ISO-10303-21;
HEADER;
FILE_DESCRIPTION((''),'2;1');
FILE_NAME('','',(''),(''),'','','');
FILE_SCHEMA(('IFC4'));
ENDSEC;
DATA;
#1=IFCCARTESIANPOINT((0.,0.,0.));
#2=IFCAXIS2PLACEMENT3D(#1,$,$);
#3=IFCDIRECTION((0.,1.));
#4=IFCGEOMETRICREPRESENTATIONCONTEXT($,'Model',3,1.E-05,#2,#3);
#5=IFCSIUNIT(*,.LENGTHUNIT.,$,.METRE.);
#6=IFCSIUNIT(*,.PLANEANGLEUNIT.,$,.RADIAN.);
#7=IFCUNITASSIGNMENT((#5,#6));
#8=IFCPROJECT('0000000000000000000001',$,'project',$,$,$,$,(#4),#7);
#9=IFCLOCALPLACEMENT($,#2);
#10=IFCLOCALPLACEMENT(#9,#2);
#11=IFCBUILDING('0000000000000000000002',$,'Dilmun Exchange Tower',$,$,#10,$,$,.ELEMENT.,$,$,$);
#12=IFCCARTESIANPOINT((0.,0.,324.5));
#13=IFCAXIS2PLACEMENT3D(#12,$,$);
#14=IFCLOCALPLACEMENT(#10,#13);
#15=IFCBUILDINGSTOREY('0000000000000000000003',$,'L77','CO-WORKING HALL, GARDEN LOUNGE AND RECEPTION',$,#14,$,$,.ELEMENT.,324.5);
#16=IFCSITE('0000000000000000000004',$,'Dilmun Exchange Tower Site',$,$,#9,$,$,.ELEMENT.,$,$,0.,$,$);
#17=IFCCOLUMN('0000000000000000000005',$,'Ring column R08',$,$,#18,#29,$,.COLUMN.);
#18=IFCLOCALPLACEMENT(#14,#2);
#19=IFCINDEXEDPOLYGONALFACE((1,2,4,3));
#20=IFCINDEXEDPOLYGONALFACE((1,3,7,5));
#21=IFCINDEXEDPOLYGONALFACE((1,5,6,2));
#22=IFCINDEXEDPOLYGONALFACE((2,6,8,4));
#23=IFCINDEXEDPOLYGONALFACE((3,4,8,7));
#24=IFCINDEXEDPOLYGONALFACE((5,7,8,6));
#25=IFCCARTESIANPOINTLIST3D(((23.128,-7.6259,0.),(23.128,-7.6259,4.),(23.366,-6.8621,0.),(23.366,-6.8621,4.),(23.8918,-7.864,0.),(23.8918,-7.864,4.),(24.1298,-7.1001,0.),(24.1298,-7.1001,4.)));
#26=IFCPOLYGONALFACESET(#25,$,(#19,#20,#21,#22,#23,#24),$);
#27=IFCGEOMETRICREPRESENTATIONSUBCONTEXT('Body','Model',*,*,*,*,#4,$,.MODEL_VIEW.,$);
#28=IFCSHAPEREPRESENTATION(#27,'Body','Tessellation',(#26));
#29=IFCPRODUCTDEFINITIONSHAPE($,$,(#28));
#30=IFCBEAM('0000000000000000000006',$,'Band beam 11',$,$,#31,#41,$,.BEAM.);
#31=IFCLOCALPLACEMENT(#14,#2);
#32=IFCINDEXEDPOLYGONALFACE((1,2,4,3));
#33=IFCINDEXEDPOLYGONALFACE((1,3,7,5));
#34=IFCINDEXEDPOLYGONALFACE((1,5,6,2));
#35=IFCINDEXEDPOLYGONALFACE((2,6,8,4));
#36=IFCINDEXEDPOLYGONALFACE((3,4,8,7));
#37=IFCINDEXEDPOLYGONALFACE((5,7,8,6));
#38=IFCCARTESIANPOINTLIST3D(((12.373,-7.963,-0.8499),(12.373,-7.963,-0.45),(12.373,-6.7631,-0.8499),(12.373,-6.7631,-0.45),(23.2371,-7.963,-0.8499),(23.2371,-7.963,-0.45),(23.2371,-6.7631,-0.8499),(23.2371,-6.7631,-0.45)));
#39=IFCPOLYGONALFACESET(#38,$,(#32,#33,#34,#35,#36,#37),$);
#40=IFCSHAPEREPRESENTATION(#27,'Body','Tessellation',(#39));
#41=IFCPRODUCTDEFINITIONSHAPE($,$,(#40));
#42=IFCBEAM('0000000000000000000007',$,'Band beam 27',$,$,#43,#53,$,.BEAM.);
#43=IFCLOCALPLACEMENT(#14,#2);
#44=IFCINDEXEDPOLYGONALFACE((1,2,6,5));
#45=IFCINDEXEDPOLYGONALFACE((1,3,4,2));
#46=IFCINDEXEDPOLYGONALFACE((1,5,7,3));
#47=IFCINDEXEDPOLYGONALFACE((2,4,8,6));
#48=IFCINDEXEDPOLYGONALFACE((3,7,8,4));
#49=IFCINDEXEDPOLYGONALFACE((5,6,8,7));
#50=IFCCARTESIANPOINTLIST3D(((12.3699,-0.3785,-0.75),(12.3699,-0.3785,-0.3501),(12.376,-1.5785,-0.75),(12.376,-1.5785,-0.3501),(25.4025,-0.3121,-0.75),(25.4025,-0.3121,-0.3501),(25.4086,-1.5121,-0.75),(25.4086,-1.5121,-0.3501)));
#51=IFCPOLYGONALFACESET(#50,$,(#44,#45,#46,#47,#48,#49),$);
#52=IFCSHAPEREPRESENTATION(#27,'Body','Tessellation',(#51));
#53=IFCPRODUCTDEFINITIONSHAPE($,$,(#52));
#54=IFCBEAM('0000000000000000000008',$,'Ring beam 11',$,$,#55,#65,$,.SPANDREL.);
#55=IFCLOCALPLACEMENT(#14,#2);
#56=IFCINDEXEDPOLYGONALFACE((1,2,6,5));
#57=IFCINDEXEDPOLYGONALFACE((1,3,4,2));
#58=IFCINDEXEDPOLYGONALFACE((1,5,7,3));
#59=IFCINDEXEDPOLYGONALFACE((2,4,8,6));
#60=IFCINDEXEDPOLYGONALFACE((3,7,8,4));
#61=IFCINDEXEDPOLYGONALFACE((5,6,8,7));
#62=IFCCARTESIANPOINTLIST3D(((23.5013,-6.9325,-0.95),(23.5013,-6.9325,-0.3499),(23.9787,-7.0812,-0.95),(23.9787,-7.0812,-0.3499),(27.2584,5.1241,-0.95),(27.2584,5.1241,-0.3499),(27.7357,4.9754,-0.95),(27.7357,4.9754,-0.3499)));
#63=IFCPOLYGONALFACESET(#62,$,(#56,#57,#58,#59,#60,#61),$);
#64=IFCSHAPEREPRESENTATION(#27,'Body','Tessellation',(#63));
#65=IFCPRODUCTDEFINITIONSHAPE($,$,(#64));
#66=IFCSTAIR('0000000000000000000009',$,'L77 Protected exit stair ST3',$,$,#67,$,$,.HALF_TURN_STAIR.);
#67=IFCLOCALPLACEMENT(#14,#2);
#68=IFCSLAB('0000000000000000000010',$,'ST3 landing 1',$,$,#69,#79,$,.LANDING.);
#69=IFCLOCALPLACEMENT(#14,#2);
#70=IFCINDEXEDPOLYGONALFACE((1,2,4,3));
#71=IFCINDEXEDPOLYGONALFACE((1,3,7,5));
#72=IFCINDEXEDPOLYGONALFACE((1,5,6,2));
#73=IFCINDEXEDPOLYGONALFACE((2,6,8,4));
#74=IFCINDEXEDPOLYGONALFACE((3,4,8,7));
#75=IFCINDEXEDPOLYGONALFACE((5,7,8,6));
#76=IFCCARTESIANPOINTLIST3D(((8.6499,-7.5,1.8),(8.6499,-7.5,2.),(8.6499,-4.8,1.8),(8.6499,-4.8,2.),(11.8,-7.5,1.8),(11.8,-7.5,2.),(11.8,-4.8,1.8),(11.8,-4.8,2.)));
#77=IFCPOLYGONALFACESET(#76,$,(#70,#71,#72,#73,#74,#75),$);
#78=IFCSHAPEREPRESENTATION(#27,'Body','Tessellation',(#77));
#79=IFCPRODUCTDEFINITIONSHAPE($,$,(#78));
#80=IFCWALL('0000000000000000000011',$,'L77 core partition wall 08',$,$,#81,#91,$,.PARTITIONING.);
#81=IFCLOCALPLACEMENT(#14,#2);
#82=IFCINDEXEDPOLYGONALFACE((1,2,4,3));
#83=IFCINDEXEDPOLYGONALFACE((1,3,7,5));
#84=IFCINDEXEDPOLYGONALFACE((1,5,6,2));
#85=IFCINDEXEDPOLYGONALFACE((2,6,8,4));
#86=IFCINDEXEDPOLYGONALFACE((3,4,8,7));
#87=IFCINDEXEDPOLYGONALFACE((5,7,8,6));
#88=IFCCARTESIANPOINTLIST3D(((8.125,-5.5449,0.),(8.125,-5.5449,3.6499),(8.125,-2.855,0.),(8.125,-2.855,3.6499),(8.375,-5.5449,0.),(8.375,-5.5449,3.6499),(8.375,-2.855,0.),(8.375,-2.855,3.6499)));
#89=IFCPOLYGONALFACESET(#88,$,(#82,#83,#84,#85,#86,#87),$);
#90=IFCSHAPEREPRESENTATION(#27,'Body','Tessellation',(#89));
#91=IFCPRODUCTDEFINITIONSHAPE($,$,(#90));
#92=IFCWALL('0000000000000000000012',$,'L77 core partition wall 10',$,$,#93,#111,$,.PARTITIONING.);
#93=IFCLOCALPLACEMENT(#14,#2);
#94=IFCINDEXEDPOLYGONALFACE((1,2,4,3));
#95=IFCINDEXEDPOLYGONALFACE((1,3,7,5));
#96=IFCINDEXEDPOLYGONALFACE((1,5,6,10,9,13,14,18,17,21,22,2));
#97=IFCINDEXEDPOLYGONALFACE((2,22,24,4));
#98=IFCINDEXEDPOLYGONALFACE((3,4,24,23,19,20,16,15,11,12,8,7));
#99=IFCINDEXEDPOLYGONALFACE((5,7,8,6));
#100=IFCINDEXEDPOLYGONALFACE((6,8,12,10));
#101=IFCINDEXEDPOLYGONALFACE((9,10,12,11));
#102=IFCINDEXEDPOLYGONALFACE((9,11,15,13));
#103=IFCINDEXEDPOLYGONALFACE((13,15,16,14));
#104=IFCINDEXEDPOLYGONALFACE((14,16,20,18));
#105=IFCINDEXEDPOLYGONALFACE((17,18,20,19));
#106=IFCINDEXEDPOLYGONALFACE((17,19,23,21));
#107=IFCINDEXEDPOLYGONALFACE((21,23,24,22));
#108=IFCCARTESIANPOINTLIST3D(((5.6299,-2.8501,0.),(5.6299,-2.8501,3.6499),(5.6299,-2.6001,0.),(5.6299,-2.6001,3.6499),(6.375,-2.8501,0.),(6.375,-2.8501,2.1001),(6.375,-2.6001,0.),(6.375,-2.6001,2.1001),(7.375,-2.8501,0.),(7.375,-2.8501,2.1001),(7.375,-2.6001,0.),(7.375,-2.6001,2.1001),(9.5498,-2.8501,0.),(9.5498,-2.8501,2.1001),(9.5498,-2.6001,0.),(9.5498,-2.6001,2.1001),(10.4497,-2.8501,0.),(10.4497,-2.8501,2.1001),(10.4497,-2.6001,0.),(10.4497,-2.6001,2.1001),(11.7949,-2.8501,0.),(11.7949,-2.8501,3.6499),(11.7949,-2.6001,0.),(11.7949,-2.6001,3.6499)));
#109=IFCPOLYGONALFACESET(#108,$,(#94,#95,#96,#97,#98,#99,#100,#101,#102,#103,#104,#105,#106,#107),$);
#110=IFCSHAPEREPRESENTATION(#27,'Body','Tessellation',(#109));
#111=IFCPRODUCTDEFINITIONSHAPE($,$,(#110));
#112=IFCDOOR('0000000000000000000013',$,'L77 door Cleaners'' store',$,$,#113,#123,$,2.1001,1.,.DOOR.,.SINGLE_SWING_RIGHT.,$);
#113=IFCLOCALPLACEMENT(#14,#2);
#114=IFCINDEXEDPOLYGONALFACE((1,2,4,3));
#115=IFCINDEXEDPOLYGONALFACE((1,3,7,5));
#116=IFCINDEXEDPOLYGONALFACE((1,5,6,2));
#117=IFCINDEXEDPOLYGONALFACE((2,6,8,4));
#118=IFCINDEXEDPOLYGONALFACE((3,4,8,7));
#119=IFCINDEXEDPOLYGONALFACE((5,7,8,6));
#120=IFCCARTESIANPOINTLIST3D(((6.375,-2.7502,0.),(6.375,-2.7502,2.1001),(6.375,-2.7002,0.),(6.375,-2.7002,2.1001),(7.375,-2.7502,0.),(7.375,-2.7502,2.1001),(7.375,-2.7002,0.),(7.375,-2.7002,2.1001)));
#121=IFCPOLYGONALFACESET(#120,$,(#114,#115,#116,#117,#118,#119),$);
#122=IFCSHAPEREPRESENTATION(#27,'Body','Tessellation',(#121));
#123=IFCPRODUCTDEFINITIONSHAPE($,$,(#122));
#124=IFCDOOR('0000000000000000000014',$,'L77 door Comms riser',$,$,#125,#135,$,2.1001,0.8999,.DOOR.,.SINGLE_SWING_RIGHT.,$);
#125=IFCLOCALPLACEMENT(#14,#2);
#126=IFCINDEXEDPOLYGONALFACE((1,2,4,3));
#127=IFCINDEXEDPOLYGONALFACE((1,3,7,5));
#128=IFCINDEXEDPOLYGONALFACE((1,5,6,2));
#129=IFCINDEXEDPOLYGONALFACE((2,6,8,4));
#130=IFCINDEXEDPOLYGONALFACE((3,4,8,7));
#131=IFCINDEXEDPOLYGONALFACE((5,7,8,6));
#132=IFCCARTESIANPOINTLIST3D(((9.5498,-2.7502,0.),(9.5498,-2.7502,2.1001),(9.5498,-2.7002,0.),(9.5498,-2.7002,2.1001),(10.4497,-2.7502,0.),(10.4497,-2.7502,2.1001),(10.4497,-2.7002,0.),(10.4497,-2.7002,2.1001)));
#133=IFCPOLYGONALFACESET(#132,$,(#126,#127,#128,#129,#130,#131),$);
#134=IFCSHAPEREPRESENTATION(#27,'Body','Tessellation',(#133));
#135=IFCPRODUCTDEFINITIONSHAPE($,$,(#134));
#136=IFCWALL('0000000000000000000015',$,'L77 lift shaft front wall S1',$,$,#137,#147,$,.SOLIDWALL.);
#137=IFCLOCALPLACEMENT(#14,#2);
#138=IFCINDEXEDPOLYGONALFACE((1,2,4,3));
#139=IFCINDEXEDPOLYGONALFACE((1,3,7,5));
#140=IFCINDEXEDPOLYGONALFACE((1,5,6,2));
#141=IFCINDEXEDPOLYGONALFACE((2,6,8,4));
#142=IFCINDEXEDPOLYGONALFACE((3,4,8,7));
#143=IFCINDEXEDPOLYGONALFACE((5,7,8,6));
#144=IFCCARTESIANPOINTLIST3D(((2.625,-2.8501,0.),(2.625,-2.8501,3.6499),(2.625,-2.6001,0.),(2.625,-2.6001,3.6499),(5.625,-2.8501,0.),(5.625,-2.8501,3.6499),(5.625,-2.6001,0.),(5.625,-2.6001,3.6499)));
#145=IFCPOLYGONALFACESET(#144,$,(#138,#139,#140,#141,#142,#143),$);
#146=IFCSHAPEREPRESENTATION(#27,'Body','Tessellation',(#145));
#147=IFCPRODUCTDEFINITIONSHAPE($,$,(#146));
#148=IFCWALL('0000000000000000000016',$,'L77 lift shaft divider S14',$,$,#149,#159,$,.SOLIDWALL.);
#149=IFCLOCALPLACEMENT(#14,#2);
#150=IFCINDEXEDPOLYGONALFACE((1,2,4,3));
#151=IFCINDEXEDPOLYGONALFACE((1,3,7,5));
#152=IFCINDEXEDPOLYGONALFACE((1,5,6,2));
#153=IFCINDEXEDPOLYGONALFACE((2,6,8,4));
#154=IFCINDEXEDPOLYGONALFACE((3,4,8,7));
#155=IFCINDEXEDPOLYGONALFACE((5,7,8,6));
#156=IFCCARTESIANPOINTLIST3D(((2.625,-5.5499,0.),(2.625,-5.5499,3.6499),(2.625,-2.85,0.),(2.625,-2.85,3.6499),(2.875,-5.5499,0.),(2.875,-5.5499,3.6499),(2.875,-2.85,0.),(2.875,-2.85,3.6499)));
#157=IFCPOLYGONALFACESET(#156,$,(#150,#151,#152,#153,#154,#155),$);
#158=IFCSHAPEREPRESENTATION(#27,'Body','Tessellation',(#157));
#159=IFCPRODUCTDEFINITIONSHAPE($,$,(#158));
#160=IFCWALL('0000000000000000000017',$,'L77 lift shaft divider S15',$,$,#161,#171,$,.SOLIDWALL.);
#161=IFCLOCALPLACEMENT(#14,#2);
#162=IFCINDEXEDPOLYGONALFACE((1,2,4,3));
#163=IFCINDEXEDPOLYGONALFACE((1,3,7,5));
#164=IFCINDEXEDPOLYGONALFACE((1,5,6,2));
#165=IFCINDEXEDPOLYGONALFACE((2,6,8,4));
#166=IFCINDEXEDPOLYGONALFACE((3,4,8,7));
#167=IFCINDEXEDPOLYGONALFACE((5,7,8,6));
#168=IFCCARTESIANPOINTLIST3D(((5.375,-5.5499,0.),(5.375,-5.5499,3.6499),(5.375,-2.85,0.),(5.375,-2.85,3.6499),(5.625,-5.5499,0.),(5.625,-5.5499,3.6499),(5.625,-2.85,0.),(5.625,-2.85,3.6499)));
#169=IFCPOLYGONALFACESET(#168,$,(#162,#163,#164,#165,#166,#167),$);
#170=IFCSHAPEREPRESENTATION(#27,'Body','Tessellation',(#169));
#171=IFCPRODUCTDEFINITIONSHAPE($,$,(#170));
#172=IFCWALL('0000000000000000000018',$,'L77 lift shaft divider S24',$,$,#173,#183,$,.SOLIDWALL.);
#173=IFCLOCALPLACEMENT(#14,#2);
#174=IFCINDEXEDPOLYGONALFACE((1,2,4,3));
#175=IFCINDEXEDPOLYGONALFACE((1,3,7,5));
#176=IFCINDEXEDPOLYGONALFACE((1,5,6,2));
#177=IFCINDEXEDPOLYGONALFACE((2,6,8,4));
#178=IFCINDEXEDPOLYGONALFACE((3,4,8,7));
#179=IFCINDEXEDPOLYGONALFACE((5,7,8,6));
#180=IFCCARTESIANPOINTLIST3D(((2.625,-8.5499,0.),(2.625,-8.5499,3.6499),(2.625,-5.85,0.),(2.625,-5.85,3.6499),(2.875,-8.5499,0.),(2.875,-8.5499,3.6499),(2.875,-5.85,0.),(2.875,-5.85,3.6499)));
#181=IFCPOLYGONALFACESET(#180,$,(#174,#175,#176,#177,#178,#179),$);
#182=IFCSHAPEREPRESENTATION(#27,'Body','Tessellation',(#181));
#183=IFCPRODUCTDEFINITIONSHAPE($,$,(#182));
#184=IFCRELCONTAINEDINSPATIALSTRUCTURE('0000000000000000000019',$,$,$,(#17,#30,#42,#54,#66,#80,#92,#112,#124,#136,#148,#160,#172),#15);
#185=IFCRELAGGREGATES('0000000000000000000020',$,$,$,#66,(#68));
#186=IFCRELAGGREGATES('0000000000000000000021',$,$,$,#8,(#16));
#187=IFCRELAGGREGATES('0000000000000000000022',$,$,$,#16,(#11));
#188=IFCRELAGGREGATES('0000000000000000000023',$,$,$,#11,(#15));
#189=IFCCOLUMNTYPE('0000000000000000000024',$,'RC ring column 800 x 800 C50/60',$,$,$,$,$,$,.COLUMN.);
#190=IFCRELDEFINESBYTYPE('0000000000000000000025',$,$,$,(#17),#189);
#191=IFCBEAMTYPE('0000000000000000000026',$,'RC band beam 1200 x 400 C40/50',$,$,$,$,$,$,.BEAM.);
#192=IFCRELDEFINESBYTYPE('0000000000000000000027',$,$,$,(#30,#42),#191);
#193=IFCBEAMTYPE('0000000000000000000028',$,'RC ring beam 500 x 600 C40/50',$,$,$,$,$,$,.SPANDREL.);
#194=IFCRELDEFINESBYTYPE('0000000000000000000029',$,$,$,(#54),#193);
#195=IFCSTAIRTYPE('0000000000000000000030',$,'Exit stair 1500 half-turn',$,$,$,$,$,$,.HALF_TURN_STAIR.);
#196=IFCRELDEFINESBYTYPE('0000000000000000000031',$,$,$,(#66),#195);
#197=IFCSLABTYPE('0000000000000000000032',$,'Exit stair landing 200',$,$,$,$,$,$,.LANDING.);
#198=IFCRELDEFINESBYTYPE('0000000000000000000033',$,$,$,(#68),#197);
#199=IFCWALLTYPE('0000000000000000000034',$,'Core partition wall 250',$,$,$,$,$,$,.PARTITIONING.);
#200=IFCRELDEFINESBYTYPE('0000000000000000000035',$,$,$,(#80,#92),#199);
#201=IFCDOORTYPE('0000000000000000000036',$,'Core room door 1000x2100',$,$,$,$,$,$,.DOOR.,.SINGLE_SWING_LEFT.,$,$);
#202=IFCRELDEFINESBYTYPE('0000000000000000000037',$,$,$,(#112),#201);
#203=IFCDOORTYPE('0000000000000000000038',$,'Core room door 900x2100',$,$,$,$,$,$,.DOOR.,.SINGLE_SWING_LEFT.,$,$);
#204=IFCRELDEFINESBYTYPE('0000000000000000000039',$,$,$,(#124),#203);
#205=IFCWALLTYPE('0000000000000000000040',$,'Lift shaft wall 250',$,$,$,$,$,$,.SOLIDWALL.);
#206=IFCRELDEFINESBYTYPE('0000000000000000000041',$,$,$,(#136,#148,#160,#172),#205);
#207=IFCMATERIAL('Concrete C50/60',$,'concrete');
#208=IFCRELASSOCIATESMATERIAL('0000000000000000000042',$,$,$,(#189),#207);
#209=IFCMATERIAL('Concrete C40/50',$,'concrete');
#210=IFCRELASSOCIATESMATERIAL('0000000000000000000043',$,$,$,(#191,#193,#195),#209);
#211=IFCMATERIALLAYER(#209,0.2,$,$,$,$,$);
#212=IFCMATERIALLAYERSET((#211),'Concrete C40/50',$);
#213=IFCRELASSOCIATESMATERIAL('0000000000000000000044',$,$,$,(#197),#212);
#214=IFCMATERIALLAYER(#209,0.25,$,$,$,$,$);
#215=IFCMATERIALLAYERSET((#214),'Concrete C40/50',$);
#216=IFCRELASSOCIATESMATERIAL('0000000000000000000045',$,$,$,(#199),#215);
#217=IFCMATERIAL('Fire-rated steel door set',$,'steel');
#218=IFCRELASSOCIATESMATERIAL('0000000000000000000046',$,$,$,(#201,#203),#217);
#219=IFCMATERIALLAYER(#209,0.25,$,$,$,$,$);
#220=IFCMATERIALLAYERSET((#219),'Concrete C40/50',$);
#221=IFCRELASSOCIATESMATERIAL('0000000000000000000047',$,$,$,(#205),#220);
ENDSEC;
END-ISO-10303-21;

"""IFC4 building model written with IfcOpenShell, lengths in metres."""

from ifc_helpers import new_model, si_unit, direction, frame, frame_2d, origin, origin_2d, place, context, subcontext, project, spatial, polyline, rectangle, outline, extrude, material, layer, layer_set, material_profile, profile_set, type_object, element, fill, aggregate, save


model = new_model("IFC4")

# Units and contexts
model_context = context("Model", 3, precision=1e-05, world=origin(), true_north=direction((0.0, 1.0)))
body_context = subcontext(model_context, "Body", "Model", "MODEL_VIEW")
ifc_project = project(units=[si_unit("LENGTHUNIT", "METRE"), si_unit("PLANEANGLEUNIT", "RADIAN")], contexts=[model_context])

# Site, building, storey
site_placement = place(None, origin())
site = spatial("IfcSite", under=ifc_project, at=site_placement, Name="Dilmun Exchange Tower Site", CompositionType="ELEMENT", RefElevation=0.0)
building_placement = place(site_placement, origin())
building = spatial("IfcBuilding", under=site, at=building_placement, Name="Dilmun Exchange Tower", CompositionType="ELEMENT")
storey_placement = place(building_placement, frame((0.0, 0.0, 324.5)))
storey = spatial("IfcBuildingStorey", under=building, at=storey_placement, Name="L77", Description="CO-WORKING HALL, GARDEN LOUNGE AND RECEPTION", CompositionType="ELEMENT", Elevation=324.5)

# Column
ifc_material_1 = material(Name="Concrete C50/60", Category="concrete")
ifc_material_profile_1 = material_profile(ifc_material_1, rectangle(XDim=0.8, YDim=0.8, at=origin_2d()), Name="800 x 800")
ifc_profile_set_1 = profile_set([ifc_material_profile_1], Name="Concrete C50/60")
column_type = type_object("IfcColumnType", Name="RC ring column 800 x 800 C50/60", PredefinedType="COLUMN", material=ifc_profile_set_1)
column_placement = place(storey_placement, frame((23.6289, -7.363, 0.0), z_axis=(0.0, 0.0, 1.0), x_axis=(0.297503, 0.954721, 0.0)))
element("IfcColumn", 1, at=column_placement, inside=storey, type_object=column_type, Name="Ring column R08", PredefinedType="COLUMN", context=body_context, shape_type="SweptSolid", body=[
    extrude(rectangle(XDim=0.8, YDim=0.8, at=origin_2d()), origin(), (0.0, 0.0, 1.0), 4.0),
])

# Beams
ifc_material_2 = material(Name="Concrete C40/50", Category="concrete")
ifc_material_profile_2 = material_profile(ifc_material_2, rectangle(XDim=1.2, YDim=0.3999, at=origin_2d()), Name="1200 x 400")
ifc_profile_set_2 = profile_set([ifc_material_profile_2], Name="Concrete C40/50")
beam_type_1 = type_object("IfcBeamType", Name="RC band beam 1200 x 400 C40/50", PredefinedType="BEAM", material=ifc_profile_set_2)
beam_1_placement = place(storey_placement, frame((23.2371, -7.363, -0.6499), z_axis=(-1.0, 0.0, 0.0), x_axis=(0.0, -1.0, 0.0)))
element("IfcBeam", 2, at=beam_1_placement, inside=storey, type_object=beam_type_1, Name="Band beam 11", PredefinedType="BEAM", context=body_context, shape_type="SweptSolid", body=[
    extrude(rectangle(XDim=1.2, YDim=0.3999, at=origin_2d()), origin(), (0.0, 0.0, 1.0), 10.864),
])
beam_2_placement = place(storey_placement, frame((25.4055, -0.9121, -0.55), z_axis=(-0.999987, -0.005095, 0.0), x_axis=(0.005095, -0.999987, 0.0)))
element("IfcBeam", 3, at=beam_2_placement, inside=storey, type_object=beam_type_1, Name="Band beam 27", PredefinedType="BEAM", context=body_context, shape_type="SweptSolid", body=[
    extrude(rectangle(XDim=1.2, YDim=0.3999, at=origin_2d()), origin(), (0.0, 0.0, 1.0), 13.0327),
])
ifc_material_profile_3 = material_profile(ifc_material_2, rectangle(XDim=0.5, YDim=0.6001, at=origin_2d()), Name="500 x 600")
ifc_profile_set_3 = profile_set([ifc_material_profile_3], Name="Concrete C40/50")
beam_type_2 = type_object("IfcBeamType", Name="RC ring beam 500 x 600 C40/50", PredefinedType="SPANDREL", material=ifc_profile_set_3)
beam_3_placement = place(storey_placement, frame((23.74, -7.0068, -0.6499), z_axis=(0.297509, 0.954719, 0.0), x_axis=(-0.954719, 0.297509, 0.0)))
element("IfcBeam", 4, at=beam_3_placement, inside=storey, type_object=beam_type_2, Name="Ring beam 11", PredefinedType="SPANDREL", context=body_context, shape_type="SweptSolid", body=[
    extrude(rectangle(XDim=0.5, YDim=0.6001, at=origin_2d()), origin(), (0.0, 0.0, 1.0), 12.6284),
])

# Stair, slab
stair_type = type_object("IfcStairType", Name="Exit stair 1500 half-turn", PredefinedType="HALF_TURN_STAIR", material=ifc_material_2)
stair_placement = place(storey_placement, origin())
stair = element("IfcStair", 5, at=stair_placement, inside=storey, type_object=stair_type, Name="L77 Protected exit stair ST3", PredefinedType="HALF_TURN_STAIR")
ifc_layer_1 = layer(ifc_material_2, 0.2)
ifc_layer_set_1 = layer_set([ifc_layer_1], Name="Concrete C40/50")
slab_type = type_object("IfcSlabType", Name="Exit stair landing 200", PredefinedType="LANDING", material=ifc_layer_set_1)
slab_placement = place(storey_placement, frame((0.0, 0.0, 1.8)))
slab = element("IfcSlab", 6, at=slab_placement, type_object=slab_type, Name="ST3 landing 1", PredefinedType="LANDING", context=body_context, shape_type="SweptSolid", body=[
    extrude(outline(polyline([(11.8, -7.5), (11.8, -4.8), (8.6499, -4.8), (8.6499, -7.5), (11.8, -7.5)])), origin(), (0.0, 0.0, 1.0), 0.2),
])

# Wall
ifc_layer_2 = layer(ifc_material_2, 0.25)
ifc_layer_set_2 = layer_set([ifc_layer_2], Name="Concrete C40/50")
wall_type_1 = type_object("IfcWallType", Name="Core partition wall 250", PredefinedType="PARTITIONING", material=ifc_layer_set_2)
wall_1_placement = place(storey_placement, frame((8.25, -5.5449, 0.0), z_axis=(0.0, 0.0, 1.0), x_axis=(0.0, 1.0, 0.0)))
element("IfcWall", 7, at=wall_1_placement, inside=storey, type_object=wall_type_1, Name="L77 core partition wall 08", PredefinedType="PARTITIONING", context=body_context, shape_type="SweptSolid", body=[
    extrude(rectangle(XDim=2.6899, YDim=0.25, at=frame_2d((1.345, 0.0))), origin(), (0.0, 0.0, 1.0), 3.6499),
])

# Wall, openings, doors
wall_2_placement = place(storey_placement, frame((5.6299, -2.7251, 0.0), z_axis=(0.0, 0.0, 1.0), x_axis=(1.0, 0.0, 0.0)))
wall_2 = element("IfcWall", 8, at=wall_2_placement, inside=storey, type_object=wall_type_1, Name="L77 core partition wall 10", PredefinedType="PARTITIONING", context=body_context, shape_type="SweptSolid", body=[
    extrude(rectangle(XDim=6.165, YDim=0.25, at=frame_2d((3.0825, 0.0))), origin(), (0.0, 0.0, 1.0), 3.6499),
])
opening_1_placement = place(wall_2_placement, frame((0.7451, 0.0, 0.0)))
opening_1 = element("IfcOpeningElement", 9, at=opening_1_placement, cuts=wall_2, PredefinedType="OPENING", context=body_context, shape_type="SweptSolid", body=[
    extrude(rectangle(XDim=1.0, YDim=2.1001, at=frame_2d((0.5, 1.05))), frame((0.0, 0.135, 0.0), z_axis=(0.0, -1.0, 0.0), x_axis=(1.0, 0.0, 0.0)), (0.0, 0.0, 1.0), 0.27),
])
opening_2_placement = place(wall_2_placement, frame((3.9199, 0.0, 0.0)))
opening_2 = element("IfcOpeningElement", 10, at=opening_2_placement, cuts=wall_2, PredefinedType="OPENING", context=body_context, shape_type="SweptSolid", body=[
    extrude(rectangle(XDim=0.8999, YDim=2.1001, at=frame_2d((0.45, 1.05))), frame((0.0, 0.135, 0.0), z_axis=(0.0, -1.0, 0.0), x_axis=(1.0, 0.0, 0.0)), (0.0, 0.0, 1.0), 0.27),
])
ifc_material_3 = material(Name="Fire-rated steel door set", Category="steel")
door_type_1 = type_object("IfcDoorType", Name="Core room door 1000x2100", OperationType="SINGLE_SWING_LEFT", PredefinedType="DOOR", material=ifc_material_3)
door_1_placement = place(opening_1_placement, origin())
door_1 = element("IfcDoor", 11, at=door_1_placement, inside=storey, type_object=door_type_1, Name="L77 door Cleaners' store", OperationType="SINGLE_SWING_RIGHT", OverallHeight=2.1001, OverallWidth=1.0, PredefinedType="DOOR", context=body_context, shape_type="SweptSolid", body=[
    extrude(rectangle(XDim=1.0, YDim=2.1001, at=frame_2d((0.5, 1.05))), frame((0.0, 0.0249, 0.0), z_axis=(0.0, -1.0, 0.0), x_axis=(1.0, 0.0, 0.0)), (0.0, 0.0, 1.0), 0.05),
])
fill(opening_1, door_1)
door_type_2 = type_object("IfcDoorType", Name="Core room door 900x2100", OperationType="SINGLE_SWING_LEFT", PredefinedType="DOOR", material=ifc_material_3)
door_2_placement = place(opening_2_placement, origin())
door_2 = element("IfcDoor", 12, at=door_2_placement, inside=storey, type_object=door_type_2, Name="L77 door Comms riser", OperationType="SINGLE_SWING_RIGHT", OverallHeight=2.1001, OverallWidth=0.8999, PredefinedType="DOOR", context=body_context, shape_type="SweptSolid", body=[
    extrude(rectangle(XDim=0.8999, YDim=2.1001, at=frame_2d((0.45, 1.05))), frame((0.0, 0.0249, 0.0), z_axis=(0.0, -1.0, 0.0), x_axis=(1.0, 0.0, 0.0)), (0.0, 0.0, 1.0), 0.05),
])
fill(opening_2, door_2)

# Walls
ifc_layer_3 = layer(ifc_material_2, 0.25)
ifc_layer_set_3 = layer_set([ifc_layer_3], Name="Concrete C40/50")
wall_type_2 = type_object("IfcWallType", Name="Lift shaft wall 250", PredefinedType="SOLIDWALL", material=ifc_layer_set_3)
wall_3_placement = place(storey_placement, frame((2.625, -2.7251, 0.0), z_axis=(0.0, 0.0, 1.0), x_axis=(1.0, 0.0, 0.0)))
element("IfcWall", 13, at=wall_3_placement, inside=storey, type_object=wall_type_2, Name="L77 lift shaft front wall S1", PredefinedType="SOLIDWALL", context=body_context, shape_type="SweptSolid", body=[
    extrude(rectangle(XDim=3.0, YDim=0.25, at=frame_2d((1.5, 0.0))), origin(), (0.0, 0.0, 1.0), 3.6499),
])
for number, where, z_axis, x_axis, name in (
    (14, (2.75, -5.55, 0.0), (0.0, 0.0, 1.0), (0.0, 1.0, 0.0), "L77 lift shaft divider S14"),
    (15, (5.5, -5.55, 0.0), (0.0, 0.0, 1.0), (0.0, 1.0, 0.0), "L77 lift shaft divider S15"),
    (16, (2.75, -8.55, 0.0), (0.0, 0.0, 1.0), (0.0, 1.0, 0.0), "L77 lift shaft divider S24"),
):
    element("IfcWall", number, at=place(storey_placement, frame(where, z_axis=z_axis, x_axis=x_axis)), inside=storey, type_object=wall_type_2, Name=name, PredefinedType="SOLIDWALL", context=body_context, shape_type="SweptSolid", body=[
        extrude(rectangle(XDim=2.7, YDim=0.25, at=frame_2d((1.3501, 0.0))), origin(), (0.0, 0.0, 1.0), 3.6499),
    ])

aggregate(stair, [slab])

save(model, "model.ifc")
